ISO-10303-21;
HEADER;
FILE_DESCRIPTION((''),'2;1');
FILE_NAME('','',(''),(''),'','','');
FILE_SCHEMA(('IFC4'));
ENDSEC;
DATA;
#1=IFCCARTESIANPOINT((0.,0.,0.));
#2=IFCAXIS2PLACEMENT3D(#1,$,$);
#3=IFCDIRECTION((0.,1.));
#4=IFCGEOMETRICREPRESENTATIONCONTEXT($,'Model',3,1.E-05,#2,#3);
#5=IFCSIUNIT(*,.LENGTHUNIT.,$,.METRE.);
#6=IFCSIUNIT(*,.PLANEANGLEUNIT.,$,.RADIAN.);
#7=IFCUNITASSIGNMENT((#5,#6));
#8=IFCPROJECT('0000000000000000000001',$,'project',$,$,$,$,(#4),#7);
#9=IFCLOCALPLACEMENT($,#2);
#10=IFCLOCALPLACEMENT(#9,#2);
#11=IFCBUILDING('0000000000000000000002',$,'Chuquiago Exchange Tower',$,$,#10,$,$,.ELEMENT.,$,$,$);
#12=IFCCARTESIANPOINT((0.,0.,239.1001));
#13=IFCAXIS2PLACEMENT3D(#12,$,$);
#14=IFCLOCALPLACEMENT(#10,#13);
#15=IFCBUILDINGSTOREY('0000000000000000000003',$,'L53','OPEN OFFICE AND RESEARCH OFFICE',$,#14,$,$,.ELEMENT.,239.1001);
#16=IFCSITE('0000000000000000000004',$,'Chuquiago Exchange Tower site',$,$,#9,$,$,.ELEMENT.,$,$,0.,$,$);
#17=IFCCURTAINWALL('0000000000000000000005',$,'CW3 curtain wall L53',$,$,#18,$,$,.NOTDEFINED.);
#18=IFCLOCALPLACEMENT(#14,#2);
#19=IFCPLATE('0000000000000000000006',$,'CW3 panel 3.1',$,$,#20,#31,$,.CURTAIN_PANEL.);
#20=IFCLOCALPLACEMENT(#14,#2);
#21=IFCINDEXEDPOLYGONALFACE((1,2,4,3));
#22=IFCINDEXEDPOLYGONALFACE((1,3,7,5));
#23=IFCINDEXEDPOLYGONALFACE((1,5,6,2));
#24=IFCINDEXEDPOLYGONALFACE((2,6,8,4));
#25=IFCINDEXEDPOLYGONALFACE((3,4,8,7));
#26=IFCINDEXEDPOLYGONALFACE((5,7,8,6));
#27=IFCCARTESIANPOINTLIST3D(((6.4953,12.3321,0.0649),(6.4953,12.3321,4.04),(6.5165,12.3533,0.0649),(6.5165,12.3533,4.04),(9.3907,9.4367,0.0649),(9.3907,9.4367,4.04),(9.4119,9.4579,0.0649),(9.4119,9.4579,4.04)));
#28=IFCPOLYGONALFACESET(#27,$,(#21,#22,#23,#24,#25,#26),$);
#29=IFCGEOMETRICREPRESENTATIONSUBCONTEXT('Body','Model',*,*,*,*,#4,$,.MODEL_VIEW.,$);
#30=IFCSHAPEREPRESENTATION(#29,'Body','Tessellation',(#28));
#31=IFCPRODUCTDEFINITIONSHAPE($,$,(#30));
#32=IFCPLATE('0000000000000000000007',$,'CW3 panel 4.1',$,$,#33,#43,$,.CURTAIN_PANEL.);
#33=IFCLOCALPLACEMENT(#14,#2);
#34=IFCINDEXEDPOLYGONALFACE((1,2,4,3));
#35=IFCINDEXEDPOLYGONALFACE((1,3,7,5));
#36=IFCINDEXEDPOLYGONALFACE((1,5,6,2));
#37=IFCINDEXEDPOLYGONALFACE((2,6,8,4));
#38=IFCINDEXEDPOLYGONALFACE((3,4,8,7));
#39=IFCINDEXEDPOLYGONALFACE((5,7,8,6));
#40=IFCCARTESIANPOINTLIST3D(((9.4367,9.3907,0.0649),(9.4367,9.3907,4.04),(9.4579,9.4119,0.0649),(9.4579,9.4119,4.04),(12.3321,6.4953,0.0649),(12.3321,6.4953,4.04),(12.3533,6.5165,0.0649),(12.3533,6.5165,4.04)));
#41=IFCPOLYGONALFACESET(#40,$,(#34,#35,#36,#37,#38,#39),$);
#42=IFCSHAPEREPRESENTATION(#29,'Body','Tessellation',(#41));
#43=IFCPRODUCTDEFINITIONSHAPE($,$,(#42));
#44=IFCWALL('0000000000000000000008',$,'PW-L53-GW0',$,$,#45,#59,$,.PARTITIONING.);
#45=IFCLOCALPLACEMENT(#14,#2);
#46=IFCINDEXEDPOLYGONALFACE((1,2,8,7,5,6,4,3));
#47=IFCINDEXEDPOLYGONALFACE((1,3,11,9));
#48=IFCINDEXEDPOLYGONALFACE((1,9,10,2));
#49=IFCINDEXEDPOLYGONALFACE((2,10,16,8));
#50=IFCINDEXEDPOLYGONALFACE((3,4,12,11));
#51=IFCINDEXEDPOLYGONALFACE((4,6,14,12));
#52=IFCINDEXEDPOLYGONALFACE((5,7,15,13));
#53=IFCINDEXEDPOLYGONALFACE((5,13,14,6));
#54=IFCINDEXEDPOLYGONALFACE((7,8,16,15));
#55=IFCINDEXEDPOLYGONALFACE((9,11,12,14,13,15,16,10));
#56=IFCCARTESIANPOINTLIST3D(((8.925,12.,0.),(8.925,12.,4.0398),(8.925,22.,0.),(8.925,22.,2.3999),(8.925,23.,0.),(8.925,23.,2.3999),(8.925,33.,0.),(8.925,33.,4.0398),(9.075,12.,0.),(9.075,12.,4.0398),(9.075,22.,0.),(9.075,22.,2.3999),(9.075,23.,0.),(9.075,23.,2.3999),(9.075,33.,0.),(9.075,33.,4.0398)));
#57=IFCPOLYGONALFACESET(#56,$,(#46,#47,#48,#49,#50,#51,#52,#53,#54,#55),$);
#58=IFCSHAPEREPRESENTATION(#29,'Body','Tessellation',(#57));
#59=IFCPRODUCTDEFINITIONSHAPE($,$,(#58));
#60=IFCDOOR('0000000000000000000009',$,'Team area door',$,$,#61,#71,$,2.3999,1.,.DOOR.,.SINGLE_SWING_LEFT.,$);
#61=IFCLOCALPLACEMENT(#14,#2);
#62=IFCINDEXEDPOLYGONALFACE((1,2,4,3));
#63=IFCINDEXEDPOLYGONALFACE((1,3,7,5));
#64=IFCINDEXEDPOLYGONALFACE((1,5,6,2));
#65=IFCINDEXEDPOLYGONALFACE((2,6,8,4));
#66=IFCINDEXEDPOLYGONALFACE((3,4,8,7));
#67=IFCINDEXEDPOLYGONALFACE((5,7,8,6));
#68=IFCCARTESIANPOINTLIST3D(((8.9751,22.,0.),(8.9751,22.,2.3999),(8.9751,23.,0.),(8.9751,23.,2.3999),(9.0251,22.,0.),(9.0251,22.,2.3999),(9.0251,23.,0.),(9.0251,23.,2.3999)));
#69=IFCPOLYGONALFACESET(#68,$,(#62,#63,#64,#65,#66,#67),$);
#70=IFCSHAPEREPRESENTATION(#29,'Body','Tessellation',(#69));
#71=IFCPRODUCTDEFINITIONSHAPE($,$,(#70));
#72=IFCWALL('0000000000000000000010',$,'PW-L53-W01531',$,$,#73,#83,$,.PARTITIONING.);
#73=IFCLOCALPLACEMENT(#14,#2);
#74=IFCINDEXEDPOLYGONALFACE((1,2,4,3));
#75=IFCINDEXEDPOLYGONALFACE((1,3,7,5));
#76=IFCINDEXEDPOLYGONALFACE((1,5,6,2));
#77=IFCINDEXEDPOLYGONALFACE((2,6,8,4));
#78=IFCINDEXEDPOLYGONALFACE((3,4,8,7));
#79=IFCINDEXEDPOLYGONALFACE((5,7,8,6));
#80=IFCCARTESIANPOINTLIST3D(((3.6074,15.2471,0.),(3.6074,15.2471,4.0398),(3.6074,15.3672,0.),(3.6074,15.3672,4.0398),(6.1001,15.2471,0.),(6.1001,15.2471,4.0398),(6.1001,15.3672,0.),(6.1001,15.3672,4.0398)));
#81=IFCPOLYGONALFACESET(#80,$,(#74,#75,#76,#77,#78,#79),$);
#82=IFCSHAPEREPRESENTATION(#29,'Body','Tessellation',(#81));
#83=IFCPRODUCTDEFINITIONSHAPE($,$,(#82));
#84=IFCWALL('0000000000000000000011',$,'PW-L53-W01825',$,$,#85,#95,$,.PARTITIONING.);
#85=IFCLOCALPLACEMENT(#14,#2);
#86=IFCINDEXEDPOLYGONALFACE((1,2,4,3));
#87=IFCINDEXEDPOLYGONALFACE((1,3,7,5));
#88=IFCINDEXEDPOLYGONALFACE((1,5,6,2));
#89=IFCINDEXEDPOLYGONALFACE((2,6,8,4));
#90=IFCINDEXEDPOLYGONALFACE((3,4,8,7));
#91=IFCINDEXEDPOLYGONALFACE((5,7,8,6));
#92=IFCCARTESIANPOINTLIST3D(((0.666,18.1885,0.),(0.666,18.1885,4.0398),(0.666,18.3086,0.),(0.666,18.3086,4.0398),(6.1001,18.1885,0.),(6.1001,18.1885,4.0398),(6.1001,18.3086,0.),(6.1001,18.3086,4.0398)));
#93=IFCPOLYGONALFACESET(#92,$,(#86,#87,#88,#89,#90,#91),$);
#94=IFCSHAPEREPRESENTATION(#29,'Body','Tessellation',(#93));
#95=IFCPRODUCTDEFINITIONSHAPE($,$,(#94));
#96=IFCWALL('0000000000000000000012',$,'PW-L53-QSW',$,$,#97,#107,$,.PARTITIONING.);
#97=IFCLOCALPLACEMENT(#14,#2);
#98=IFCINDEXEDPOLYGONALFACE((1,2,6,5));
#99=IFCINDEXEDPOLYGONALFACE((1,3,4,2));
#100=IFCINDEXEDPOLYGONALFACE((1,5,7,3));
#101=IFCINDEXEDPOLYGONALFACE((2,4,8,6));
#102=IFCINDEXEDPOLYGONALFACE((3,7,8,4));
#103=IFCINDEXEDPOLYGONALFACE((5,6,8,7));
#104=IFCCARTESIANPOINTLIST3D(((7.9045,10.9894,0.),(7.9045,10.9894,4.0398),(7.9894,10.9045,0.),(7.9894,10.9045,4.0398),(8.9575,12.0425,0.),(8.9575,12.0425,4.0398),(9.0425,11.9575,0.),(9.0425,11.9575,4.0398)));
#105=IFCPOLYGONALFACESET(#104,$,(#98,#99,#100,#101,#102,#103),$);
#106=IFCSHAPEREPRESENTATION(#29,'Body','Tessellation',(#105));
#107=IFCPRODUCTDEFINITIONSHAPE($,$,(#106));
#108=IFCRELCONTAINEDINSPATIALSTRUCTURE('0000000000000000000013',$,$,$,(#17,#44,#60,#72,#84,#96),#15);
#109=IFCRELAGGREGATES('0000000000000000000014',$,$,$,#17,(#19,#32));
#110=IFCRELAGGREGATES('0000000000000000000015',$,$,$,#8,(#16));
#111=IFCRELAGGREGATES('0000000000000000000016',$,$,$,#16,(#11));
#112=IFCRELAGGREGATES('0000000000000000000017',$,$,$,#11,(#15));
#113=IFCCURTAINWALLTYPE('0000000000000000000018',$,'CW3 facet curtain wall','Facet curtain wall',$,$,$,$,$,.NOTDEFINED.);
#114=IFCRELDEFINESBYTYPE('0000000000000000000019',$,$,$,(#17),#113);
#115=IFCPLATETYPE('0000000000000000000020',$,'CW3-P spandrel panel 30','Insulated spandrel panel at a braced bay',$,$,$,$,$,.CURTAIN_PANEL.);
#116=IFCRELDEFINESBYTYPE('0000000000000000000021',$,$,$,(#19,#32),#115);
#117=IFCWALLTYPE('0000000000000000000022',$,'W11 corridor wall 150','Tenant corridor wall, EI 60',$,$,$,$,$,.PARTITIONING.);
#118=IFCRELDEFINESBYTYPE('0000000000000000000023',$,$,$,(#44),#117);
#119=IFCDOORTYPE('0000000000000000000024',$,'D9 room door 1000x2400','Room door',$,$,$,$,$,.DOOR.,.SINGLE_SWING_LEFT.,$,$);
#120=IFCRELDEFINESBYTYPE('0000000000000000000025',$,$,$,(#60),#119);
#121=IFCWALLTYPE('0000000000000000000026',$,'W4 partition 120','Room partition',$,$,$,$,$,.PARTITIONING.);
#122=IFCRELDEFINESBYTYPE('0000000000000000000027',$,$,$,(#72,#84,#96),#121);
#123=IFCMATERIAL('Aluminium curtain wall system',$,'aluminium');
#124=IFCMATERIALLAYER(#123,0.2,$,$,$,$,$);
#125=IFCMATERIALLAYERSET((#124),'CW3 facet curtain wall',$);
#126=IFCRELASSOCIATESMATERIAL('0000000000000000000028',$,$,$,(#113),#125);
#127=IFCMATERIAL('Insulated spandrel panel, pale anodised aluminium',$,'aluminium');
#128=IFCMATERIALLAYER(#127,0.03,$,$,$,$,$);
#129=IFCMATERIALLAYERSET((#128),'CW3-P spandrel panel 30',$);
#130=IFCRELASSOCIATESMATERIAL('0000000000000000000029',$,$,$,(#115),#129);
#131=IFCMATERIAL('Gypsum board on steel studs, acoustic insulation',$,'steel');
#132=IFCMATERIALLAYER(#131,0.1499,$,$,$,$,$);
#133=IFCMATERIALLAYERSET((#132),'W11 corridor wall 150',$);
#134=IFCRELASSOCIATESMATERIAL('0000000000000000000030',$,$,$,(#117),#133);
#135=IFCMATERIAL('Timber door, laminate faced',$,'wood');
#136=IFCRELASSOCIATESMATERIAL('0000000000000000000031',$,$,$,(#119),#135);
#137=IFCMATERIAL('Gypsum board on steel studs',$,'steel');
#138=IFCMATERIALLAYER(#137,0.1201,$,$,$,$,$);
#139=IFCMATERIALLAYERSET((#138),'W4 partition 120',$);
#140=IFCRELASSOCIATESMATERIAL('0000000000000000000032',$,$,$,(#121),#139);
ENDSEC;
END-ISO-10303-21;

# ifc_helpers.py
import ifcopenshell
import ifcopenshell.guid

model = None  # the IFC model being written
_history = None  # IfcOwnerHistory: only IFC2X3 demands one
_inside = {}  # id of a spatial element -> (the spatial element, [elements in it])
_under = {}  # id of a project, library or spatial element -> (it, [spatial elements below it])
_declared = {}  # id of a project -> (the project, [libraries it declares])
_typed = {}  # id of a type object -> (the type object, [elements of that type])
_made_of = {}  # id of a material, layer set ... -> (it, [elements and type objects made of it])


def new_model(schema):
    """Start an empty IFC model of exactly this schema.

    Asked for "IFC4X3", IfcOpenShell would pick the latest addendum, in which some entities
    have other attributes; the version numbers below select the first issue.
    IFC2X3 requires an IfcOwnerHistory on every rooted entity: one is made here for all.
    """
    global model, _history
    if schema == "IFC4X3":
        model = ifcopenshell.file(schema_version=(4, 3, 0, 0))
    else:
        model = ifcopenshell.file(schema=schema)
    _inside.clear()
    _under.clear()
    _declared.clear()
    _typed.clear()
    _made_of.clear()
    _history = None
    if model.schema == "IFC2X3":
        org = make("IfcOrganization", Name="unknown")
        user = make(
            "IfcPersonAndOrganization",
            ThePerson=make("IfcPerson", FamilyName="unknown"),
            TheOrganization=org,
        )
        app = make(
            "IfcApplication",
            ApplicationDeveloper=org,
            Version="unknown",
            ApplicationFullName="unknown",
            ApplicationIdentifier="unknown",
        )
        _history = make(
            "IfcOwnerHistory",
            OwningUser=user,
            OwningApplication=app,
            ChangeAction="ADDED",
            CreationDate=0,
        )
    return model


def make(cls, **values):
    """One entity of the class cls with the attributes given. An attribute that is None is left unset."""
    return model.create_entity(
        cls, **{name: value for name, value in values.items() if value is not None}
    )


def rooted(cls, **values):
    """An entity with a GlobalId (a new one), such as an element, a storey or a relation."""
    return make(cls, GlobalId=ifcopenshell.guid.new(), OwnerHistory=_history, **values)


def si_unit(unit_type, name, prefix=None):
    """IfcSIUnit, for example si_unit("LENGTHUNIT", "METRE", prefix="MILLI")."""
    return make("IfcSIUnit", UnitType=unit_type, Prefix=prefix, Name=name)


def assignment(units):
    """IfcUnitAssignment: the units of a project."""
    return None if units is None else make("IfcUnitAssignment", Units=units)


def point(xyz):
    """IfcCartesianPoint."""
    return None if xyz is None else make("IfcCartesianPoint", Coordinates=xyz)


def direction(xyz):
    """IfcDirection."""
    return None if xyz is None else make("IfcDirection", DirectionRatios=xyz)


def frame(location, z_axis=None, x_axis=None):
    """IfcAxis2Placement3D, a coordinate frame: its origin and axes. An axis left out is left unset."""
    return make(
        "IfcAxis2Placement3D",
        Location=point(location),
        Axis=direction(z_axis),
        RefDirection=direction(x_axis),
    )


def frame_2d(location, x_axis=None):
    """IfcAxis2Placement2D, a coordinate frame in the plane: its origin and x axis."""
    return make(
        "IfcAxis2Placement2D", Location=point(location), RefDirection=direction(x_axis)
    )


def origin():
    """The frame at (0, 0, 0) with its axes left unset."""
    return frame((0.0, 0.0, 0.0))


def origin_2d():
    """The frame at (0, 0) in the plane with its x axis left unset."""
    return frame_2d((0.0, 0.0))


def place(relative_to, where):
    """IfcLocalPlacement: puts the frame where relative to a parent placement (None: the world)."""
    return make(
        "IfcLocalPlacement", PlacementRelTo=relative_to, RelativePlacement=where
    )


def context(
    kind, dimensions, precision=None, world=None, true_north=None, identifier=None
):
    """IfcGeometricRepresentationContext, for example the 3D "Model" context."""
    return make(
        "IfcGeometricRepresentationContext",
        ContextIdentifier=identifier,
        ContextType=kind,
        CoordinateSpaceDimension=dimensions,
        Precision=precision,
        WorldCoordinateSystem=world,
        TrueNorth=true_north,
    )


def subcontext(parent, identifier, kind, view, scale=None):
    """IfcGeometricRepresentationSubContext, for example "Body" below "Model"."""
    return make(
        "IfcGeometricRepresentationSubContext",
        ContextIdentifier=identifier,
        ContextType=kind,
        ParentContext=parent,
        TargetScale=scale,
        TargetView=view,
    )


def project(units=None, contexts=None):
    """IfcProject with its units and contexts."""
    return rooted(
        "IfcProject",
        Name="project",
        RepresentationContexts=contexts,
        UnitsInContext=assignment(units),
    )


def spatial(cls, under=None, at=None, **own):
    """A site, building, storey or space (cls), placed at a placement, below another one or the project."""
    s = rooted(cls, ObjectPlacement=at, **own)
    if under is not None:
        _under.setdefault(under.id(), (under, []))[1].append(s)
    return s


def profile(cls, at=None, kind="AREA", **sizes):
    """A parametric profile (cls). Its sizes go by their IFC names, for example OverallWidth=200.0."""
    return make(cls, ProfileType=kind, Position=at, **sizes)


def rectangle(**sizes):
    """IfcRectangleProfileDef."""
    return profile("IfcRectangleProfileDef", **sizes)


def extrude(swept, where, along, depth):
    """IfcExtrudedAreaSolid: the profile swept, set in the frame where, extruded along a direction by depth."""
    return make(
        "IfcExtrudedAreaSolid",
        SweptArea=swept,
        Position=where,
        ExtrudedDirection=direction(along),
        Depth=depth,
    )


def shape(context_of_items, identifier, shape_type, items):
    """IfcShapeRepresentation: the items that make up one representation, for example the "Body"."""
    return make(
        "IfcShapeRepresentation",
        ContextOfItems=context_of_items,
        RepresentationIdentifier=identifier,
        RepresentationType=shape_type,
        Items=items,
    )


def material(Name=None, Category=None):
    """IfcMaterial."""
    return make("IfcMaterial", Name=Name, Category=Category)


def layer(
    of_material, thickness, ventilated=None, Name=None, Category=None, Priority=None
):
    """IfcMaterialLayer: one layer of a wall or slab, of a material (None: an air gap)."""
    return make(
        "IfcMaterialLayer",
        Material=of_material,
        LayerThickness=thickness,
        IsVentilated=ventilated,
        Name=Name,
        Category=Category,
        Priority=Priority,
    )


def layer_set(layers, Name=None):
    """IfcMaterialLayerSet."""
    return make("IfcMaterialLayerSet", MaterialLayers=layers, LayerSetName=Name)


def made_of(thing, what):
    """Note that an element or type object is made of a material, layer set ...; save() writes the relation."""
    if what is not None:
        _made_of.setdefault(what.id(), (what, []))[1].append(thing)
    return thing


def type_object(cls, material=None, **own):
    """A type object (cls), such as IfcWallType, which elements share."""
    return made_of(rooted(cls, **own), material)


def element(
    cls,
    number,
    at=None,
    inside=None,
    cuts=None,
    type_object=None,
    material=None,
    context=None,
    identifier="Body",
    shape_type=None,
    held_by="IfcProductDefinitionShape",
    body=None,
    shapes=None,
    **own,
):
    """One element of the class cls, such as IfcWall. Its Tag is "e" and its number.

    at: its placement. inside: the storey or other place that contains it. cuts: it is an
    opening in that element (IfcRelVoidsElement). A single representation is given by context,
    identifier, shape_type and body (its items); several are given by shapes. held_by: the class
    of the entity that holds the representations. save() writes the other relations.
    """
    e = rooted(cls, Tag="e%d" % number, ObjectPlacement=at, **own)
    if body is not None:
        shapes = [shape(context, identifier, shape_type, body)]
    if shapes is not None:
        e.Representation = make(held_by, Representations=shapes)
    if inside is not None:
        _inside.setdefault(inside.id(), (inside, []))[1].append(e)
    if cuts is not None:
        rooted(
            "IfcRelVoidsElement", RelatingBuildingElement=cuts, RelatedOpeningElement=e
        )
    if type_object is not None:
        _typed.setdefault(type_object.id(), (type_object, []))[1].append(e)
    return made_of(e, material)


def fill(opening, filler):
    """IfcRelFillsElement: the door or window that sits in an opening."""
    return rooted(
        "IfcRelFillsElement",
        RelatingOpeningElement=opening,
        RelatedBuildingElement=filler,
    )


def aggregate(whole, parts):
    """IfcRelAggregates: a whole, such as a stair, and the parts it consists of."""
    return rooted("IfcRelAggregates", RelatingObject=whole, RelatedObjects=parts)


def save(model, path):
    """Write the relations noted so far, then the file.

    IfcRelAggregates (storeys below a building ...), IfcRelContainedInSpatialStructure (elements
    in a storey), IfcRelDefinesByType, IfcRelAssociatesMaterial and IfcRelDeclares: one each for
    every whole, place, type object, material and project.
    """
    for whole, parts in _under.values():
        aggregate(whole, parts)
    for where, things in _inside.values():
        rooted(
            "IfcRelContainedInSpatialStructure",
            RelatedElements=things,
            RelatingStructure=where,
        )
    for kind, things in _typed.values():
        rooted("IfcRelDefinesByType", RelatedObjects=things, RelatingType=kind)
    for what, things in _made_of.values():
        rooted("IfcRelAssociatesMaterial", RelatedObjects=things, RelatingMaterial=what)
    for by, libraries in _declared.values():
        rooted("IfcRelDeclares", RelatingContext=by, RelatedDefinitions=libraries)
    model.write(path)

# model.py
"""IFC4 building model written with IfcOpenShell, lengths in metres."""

from ifc_helpers import new_model, si_unit, direction, frame, frame_2d, origin, origin_2d, place, context, subcontext, project, spatial, rectangle, extrude, material, layer, layer_set, type_object, element, fill, aggregate, save


model = new_model("IFC4")

# Units and contexts
model_context = context("Model", 3, precision=1e-05, world=origin(), true_north=direction((0.0, 1.0)))
body_context = subcontext(model_context, "Body", "Model", "MODEL_VIEW")
ifc_project = project(units=[si_unit("LENGTHUNIT", "METRE"), si_unit("PLANEANGLEUNIT", "RADIAN")], contexts=[model_context])

# Site, building, storey
site_placement = place(None, origin())
site = spatial("IfcSite", under=ifc_project, at=site_placement, Name="Chuquiago Exchange Tower site", CompositionType="ELEMENT", RefElevation=0.0)
building_placement = place(site_placement, origin())
building = spatial("IfcBuilding", under=site, at=building_placement, Name="Chuquiago Exchange Tower", CompositionType="ELEMENT")
storey_placement = place(building_placement, frame((0.0, 0.0, 239.1001)))
storey = spatial("IfcBuildingStorey", under=building, at=storey_placement, Name="L53", Description="OPEN OFFICE AND RESEARCH OFFICE", CompositionType="ELEMENT", Elevation=239.1001)

# Curtain wall
ifc_material_1 = material(Name="Aluminium curtain wall system", Category="aluminium")
ifc_layer_1 = layer(ifc_material_1, 0.2)
ifc_layer_set_1 = layer_set([ifc_layer_1], Name="CW3 facet curtain wall")
curtain_wall_type_1 = type_object("IfcCurtainWallType", Name="CW3 facet curtain wall", Description="Facet curtain wall", PredefinedType="NOTDEFINED", material=ifc_layer_set_1)
curtain_wall_1_placement = place(storey_placement, origin())
curtain_wall_1 = element("IfcCurtainWall", 1, at=curtain_wall_1_placement, inside=storey, type_object=curtain_wall_type_1, Name="CW3 curtain wall L53", PredefinedType="NOTDEFINED")

# Plates
ifc_material_2 = material(Name="Insulated spandrel panel, pale anodised aluminium", Category="aluminium")
ifc_layer_2 = layer(ifc_material_2, 0.03)
ifc_layer_set_2 = layer_set([ifc_layer_2], Name="CW3-P spandrel panel 30")
plate_type = type_object("IfcPlateType", Name="CW3-P spandrel panel 30", Description="Insulated spandrel panel at a braced bay", PredefinedType="CURTAIN_PANEL", material=ifc_layer_set_2)
plate_1_placement = place(storey_placement, frame((7.9536, 10.895, 0.0649), z_axis=(0.0, 0.0, 1.0), x_axis=(0.707107, -0.707107, 0.0)))
plate_1 = element("IfcPlate", 2, at=plate_1_placement, type_object=plate_type, Name="CW3 panel 3.1", PredefinedType="CURTAIN_PANEL", context=body_context, shape_type="SweptSolid", body=[
    extrude(rectangle(XDim=4.0947, YDim=0.03, at=origin_2d()), origin(), (0.0, 0.0, 1.0), 3.9751),
])
plate_2_placement = place(storey_placement, frame((10.895, 7.9536, 0.0649), z_axis=(0.0, 0.0, 1.0), x_axis=(0.707107, -0.707107, 0.0)))
plate_2 = element("IfcPlate", 3, at=plate_2_placement, type_object=plate_type, Name="CW3 panel 4.1", PredefinedType="CURTAIN_PANEL", context=body_context, shape_type="SweptSolid", body=[
    extrude(rectangle(XDim=4.0947, YDim=0.03, at=origin_2d()), origin(), (0.0, 0.0, 1.0), 3.9751),
])
aggregate(curtain_wall_1, [plate_1, plate_2])

# Wall, opening, door
ifc_material_3 = material(Name="Gypsum board on steel studs, acoustic insulation", Category="steel")
ifc_layer_3 = layer(ifc_material_3, 0.1499)
ifc_layer_set_3 = layer_set([ifc_layer_3], Name="W11 corridor wall 150")
wall_type_1 = type_object("IfcWallType", Name="W11 corridor wall 150", Description="Tenant corridor wall, EI 60", PredefinedType="PARTITIONING", material=ifc_layer_set_3)
wall_1_placement = place(storey_placement, frame((9.0, 12.0, 0.0), z_axis=(0.0, 0.0, 1.0), x_axis=(0.0, 1.0, 0.0)))
wall_1 = element("IfcWall", 4, at=wall_1_placement, inside=storey, type_object=wall_type_1, Name="PW-L53-GW0", PredefinedType="PARTITIONING", context=body_context, shape_type="SweptSolid", body=[
    extrude(rectangle(XDim=21.0, YDim=0.1499, at=frame_2d((10.5, 0.0))), origin(), (0.0, 0.0, 1.0), 4.0398),
])
opening_1_placement = place(wall_1_placement, frame((10.0, 0.0, 0.0)))
opening_1 = element("IfcOpeningElement", 5, at=opening_1_placement, cuts=wall_1, PredefinedType="OPENING", context=body_context, shape_type="SweptSolid", body=[
    extrude(rectangle(XDim=1.0, YDim=2.3999, at=frame_2d((0.5, 1.2))), frame((0.0, 0.085, 0.0), z_axis=(0.0, -1.0, 0.0), x_axis=(1.0, 0.0, 0.0)), (0.0, 0.0, 1.0), 0.1699),
])
ifc_material_4 = material(Name="Timber door, laminate faced", Category="wood")
door_type_1 = type_object("IfcDoorType", Name="D9 room door 1000x2400", Description="Room door", OperationType="SINGLE_SWING_LEFT", PredefinedType="DOOR", material=ifc_material_4)
door_1_placement = place(opening_1_placement, origin())
door_1 = element("IfcDoor", 6, at=door_1_placement, inside=storey, type_object=door_type_1, Name="Team area door", OperationType="SINGLE_SWING_LEFT", OverallHeight=2.3999, OverallWidth=1.0, PredefinedType="DOOR", context=body_context, shape_type="SweptSolid", body=[
    extrude(rectangle(XDim=1.0, YDim=2.3999, at=frame_2d((0.5, 1.2))), frame((0.0, 0.0249, 0.0), z_axis=(0.0, -1.0, 0.0), x_axis=(1.0, 0.0, 0.0)), (0.0, 0.0, 1.0), 0.05),
])
fill(opening_1, door_1)

# Walls
ifc_material_5 = material(Name="Gypsum board on steel studs", Category="steel")
ifc_layer_4 = layer(ifc_material_5, 0.1201)
ifc_layer_set_4 = layer_set([ifc_layer_4], Name="W4 partition 120")
wall_type_2 = type_object("IfcWallType", Name="W4 partition 120", Description="Room partition", PredefinedType="PARTITIONING", material=ifc_layer_set_4)
wall_2_placement = place(storey_placement, frame((3.6074, 15.3071, 0.0), z_axis=(0.0, 0.0, 1.0), x_axis=(1.0, 0.0, 0.0)))
element("IfcWall", 7, at=wall_2_placement, inside=storey, type_object=wall_type_2, Name="PW-L53-W01531", PredefinedType="PARTITIONING", context=body_context, shape_type="SweptSolid", body=[
    extrude(rectangle(XDim=2.4927, YDim=0.1201, at=frame_2d((1.2463, 0.0))), origin(), (0.0, 0.0, 1.0), 4.0398),
])
wall_3_placement = place(storey_placement, frame((0.666, 18.2485, 0.0), z_axis=(0.0, 0.0, 1.0), x_axis=(1.0, 0.0, 0.0)))
element("IfcWall", 8, at=wall_3_placement, inside=storey, type_object=wall_type_2, Name="PW-L53-W01825", PredefinedType="PARTITIONING", context=body_context, shape_type="SweptSolid", body=[
    extrude(rectangle(XDim=5.4341, YDim=0.1201, at=frame_2d((2.717, 0.0))), origin(), (0.0, 0.0, 1.0), 4.0398),
])

# Wall
wall_4_placement = place(storey_placement, frame((9.0, 12.0, 0.0), z_axis=(0.0, 0.0, 1.0), x_axis=(-0.707107, -0.707107, 0.0)))
element("IfcWall", 9, at=wall_4_placement, inside=storey, type_object=wall_type_2, Name="PW-L53-QSW", PredefinedType="PARTITIONING", context=body_context, shape_type="SweptSolid", body=[
    extrude(rectangle(XDim=1.4893, YDim=0.1201, at=frame_2d((0.7446, 0.0))), origin(), (0.0, 0.0, 1.0), 4.0398),
])

save(model, "model.ifc")
